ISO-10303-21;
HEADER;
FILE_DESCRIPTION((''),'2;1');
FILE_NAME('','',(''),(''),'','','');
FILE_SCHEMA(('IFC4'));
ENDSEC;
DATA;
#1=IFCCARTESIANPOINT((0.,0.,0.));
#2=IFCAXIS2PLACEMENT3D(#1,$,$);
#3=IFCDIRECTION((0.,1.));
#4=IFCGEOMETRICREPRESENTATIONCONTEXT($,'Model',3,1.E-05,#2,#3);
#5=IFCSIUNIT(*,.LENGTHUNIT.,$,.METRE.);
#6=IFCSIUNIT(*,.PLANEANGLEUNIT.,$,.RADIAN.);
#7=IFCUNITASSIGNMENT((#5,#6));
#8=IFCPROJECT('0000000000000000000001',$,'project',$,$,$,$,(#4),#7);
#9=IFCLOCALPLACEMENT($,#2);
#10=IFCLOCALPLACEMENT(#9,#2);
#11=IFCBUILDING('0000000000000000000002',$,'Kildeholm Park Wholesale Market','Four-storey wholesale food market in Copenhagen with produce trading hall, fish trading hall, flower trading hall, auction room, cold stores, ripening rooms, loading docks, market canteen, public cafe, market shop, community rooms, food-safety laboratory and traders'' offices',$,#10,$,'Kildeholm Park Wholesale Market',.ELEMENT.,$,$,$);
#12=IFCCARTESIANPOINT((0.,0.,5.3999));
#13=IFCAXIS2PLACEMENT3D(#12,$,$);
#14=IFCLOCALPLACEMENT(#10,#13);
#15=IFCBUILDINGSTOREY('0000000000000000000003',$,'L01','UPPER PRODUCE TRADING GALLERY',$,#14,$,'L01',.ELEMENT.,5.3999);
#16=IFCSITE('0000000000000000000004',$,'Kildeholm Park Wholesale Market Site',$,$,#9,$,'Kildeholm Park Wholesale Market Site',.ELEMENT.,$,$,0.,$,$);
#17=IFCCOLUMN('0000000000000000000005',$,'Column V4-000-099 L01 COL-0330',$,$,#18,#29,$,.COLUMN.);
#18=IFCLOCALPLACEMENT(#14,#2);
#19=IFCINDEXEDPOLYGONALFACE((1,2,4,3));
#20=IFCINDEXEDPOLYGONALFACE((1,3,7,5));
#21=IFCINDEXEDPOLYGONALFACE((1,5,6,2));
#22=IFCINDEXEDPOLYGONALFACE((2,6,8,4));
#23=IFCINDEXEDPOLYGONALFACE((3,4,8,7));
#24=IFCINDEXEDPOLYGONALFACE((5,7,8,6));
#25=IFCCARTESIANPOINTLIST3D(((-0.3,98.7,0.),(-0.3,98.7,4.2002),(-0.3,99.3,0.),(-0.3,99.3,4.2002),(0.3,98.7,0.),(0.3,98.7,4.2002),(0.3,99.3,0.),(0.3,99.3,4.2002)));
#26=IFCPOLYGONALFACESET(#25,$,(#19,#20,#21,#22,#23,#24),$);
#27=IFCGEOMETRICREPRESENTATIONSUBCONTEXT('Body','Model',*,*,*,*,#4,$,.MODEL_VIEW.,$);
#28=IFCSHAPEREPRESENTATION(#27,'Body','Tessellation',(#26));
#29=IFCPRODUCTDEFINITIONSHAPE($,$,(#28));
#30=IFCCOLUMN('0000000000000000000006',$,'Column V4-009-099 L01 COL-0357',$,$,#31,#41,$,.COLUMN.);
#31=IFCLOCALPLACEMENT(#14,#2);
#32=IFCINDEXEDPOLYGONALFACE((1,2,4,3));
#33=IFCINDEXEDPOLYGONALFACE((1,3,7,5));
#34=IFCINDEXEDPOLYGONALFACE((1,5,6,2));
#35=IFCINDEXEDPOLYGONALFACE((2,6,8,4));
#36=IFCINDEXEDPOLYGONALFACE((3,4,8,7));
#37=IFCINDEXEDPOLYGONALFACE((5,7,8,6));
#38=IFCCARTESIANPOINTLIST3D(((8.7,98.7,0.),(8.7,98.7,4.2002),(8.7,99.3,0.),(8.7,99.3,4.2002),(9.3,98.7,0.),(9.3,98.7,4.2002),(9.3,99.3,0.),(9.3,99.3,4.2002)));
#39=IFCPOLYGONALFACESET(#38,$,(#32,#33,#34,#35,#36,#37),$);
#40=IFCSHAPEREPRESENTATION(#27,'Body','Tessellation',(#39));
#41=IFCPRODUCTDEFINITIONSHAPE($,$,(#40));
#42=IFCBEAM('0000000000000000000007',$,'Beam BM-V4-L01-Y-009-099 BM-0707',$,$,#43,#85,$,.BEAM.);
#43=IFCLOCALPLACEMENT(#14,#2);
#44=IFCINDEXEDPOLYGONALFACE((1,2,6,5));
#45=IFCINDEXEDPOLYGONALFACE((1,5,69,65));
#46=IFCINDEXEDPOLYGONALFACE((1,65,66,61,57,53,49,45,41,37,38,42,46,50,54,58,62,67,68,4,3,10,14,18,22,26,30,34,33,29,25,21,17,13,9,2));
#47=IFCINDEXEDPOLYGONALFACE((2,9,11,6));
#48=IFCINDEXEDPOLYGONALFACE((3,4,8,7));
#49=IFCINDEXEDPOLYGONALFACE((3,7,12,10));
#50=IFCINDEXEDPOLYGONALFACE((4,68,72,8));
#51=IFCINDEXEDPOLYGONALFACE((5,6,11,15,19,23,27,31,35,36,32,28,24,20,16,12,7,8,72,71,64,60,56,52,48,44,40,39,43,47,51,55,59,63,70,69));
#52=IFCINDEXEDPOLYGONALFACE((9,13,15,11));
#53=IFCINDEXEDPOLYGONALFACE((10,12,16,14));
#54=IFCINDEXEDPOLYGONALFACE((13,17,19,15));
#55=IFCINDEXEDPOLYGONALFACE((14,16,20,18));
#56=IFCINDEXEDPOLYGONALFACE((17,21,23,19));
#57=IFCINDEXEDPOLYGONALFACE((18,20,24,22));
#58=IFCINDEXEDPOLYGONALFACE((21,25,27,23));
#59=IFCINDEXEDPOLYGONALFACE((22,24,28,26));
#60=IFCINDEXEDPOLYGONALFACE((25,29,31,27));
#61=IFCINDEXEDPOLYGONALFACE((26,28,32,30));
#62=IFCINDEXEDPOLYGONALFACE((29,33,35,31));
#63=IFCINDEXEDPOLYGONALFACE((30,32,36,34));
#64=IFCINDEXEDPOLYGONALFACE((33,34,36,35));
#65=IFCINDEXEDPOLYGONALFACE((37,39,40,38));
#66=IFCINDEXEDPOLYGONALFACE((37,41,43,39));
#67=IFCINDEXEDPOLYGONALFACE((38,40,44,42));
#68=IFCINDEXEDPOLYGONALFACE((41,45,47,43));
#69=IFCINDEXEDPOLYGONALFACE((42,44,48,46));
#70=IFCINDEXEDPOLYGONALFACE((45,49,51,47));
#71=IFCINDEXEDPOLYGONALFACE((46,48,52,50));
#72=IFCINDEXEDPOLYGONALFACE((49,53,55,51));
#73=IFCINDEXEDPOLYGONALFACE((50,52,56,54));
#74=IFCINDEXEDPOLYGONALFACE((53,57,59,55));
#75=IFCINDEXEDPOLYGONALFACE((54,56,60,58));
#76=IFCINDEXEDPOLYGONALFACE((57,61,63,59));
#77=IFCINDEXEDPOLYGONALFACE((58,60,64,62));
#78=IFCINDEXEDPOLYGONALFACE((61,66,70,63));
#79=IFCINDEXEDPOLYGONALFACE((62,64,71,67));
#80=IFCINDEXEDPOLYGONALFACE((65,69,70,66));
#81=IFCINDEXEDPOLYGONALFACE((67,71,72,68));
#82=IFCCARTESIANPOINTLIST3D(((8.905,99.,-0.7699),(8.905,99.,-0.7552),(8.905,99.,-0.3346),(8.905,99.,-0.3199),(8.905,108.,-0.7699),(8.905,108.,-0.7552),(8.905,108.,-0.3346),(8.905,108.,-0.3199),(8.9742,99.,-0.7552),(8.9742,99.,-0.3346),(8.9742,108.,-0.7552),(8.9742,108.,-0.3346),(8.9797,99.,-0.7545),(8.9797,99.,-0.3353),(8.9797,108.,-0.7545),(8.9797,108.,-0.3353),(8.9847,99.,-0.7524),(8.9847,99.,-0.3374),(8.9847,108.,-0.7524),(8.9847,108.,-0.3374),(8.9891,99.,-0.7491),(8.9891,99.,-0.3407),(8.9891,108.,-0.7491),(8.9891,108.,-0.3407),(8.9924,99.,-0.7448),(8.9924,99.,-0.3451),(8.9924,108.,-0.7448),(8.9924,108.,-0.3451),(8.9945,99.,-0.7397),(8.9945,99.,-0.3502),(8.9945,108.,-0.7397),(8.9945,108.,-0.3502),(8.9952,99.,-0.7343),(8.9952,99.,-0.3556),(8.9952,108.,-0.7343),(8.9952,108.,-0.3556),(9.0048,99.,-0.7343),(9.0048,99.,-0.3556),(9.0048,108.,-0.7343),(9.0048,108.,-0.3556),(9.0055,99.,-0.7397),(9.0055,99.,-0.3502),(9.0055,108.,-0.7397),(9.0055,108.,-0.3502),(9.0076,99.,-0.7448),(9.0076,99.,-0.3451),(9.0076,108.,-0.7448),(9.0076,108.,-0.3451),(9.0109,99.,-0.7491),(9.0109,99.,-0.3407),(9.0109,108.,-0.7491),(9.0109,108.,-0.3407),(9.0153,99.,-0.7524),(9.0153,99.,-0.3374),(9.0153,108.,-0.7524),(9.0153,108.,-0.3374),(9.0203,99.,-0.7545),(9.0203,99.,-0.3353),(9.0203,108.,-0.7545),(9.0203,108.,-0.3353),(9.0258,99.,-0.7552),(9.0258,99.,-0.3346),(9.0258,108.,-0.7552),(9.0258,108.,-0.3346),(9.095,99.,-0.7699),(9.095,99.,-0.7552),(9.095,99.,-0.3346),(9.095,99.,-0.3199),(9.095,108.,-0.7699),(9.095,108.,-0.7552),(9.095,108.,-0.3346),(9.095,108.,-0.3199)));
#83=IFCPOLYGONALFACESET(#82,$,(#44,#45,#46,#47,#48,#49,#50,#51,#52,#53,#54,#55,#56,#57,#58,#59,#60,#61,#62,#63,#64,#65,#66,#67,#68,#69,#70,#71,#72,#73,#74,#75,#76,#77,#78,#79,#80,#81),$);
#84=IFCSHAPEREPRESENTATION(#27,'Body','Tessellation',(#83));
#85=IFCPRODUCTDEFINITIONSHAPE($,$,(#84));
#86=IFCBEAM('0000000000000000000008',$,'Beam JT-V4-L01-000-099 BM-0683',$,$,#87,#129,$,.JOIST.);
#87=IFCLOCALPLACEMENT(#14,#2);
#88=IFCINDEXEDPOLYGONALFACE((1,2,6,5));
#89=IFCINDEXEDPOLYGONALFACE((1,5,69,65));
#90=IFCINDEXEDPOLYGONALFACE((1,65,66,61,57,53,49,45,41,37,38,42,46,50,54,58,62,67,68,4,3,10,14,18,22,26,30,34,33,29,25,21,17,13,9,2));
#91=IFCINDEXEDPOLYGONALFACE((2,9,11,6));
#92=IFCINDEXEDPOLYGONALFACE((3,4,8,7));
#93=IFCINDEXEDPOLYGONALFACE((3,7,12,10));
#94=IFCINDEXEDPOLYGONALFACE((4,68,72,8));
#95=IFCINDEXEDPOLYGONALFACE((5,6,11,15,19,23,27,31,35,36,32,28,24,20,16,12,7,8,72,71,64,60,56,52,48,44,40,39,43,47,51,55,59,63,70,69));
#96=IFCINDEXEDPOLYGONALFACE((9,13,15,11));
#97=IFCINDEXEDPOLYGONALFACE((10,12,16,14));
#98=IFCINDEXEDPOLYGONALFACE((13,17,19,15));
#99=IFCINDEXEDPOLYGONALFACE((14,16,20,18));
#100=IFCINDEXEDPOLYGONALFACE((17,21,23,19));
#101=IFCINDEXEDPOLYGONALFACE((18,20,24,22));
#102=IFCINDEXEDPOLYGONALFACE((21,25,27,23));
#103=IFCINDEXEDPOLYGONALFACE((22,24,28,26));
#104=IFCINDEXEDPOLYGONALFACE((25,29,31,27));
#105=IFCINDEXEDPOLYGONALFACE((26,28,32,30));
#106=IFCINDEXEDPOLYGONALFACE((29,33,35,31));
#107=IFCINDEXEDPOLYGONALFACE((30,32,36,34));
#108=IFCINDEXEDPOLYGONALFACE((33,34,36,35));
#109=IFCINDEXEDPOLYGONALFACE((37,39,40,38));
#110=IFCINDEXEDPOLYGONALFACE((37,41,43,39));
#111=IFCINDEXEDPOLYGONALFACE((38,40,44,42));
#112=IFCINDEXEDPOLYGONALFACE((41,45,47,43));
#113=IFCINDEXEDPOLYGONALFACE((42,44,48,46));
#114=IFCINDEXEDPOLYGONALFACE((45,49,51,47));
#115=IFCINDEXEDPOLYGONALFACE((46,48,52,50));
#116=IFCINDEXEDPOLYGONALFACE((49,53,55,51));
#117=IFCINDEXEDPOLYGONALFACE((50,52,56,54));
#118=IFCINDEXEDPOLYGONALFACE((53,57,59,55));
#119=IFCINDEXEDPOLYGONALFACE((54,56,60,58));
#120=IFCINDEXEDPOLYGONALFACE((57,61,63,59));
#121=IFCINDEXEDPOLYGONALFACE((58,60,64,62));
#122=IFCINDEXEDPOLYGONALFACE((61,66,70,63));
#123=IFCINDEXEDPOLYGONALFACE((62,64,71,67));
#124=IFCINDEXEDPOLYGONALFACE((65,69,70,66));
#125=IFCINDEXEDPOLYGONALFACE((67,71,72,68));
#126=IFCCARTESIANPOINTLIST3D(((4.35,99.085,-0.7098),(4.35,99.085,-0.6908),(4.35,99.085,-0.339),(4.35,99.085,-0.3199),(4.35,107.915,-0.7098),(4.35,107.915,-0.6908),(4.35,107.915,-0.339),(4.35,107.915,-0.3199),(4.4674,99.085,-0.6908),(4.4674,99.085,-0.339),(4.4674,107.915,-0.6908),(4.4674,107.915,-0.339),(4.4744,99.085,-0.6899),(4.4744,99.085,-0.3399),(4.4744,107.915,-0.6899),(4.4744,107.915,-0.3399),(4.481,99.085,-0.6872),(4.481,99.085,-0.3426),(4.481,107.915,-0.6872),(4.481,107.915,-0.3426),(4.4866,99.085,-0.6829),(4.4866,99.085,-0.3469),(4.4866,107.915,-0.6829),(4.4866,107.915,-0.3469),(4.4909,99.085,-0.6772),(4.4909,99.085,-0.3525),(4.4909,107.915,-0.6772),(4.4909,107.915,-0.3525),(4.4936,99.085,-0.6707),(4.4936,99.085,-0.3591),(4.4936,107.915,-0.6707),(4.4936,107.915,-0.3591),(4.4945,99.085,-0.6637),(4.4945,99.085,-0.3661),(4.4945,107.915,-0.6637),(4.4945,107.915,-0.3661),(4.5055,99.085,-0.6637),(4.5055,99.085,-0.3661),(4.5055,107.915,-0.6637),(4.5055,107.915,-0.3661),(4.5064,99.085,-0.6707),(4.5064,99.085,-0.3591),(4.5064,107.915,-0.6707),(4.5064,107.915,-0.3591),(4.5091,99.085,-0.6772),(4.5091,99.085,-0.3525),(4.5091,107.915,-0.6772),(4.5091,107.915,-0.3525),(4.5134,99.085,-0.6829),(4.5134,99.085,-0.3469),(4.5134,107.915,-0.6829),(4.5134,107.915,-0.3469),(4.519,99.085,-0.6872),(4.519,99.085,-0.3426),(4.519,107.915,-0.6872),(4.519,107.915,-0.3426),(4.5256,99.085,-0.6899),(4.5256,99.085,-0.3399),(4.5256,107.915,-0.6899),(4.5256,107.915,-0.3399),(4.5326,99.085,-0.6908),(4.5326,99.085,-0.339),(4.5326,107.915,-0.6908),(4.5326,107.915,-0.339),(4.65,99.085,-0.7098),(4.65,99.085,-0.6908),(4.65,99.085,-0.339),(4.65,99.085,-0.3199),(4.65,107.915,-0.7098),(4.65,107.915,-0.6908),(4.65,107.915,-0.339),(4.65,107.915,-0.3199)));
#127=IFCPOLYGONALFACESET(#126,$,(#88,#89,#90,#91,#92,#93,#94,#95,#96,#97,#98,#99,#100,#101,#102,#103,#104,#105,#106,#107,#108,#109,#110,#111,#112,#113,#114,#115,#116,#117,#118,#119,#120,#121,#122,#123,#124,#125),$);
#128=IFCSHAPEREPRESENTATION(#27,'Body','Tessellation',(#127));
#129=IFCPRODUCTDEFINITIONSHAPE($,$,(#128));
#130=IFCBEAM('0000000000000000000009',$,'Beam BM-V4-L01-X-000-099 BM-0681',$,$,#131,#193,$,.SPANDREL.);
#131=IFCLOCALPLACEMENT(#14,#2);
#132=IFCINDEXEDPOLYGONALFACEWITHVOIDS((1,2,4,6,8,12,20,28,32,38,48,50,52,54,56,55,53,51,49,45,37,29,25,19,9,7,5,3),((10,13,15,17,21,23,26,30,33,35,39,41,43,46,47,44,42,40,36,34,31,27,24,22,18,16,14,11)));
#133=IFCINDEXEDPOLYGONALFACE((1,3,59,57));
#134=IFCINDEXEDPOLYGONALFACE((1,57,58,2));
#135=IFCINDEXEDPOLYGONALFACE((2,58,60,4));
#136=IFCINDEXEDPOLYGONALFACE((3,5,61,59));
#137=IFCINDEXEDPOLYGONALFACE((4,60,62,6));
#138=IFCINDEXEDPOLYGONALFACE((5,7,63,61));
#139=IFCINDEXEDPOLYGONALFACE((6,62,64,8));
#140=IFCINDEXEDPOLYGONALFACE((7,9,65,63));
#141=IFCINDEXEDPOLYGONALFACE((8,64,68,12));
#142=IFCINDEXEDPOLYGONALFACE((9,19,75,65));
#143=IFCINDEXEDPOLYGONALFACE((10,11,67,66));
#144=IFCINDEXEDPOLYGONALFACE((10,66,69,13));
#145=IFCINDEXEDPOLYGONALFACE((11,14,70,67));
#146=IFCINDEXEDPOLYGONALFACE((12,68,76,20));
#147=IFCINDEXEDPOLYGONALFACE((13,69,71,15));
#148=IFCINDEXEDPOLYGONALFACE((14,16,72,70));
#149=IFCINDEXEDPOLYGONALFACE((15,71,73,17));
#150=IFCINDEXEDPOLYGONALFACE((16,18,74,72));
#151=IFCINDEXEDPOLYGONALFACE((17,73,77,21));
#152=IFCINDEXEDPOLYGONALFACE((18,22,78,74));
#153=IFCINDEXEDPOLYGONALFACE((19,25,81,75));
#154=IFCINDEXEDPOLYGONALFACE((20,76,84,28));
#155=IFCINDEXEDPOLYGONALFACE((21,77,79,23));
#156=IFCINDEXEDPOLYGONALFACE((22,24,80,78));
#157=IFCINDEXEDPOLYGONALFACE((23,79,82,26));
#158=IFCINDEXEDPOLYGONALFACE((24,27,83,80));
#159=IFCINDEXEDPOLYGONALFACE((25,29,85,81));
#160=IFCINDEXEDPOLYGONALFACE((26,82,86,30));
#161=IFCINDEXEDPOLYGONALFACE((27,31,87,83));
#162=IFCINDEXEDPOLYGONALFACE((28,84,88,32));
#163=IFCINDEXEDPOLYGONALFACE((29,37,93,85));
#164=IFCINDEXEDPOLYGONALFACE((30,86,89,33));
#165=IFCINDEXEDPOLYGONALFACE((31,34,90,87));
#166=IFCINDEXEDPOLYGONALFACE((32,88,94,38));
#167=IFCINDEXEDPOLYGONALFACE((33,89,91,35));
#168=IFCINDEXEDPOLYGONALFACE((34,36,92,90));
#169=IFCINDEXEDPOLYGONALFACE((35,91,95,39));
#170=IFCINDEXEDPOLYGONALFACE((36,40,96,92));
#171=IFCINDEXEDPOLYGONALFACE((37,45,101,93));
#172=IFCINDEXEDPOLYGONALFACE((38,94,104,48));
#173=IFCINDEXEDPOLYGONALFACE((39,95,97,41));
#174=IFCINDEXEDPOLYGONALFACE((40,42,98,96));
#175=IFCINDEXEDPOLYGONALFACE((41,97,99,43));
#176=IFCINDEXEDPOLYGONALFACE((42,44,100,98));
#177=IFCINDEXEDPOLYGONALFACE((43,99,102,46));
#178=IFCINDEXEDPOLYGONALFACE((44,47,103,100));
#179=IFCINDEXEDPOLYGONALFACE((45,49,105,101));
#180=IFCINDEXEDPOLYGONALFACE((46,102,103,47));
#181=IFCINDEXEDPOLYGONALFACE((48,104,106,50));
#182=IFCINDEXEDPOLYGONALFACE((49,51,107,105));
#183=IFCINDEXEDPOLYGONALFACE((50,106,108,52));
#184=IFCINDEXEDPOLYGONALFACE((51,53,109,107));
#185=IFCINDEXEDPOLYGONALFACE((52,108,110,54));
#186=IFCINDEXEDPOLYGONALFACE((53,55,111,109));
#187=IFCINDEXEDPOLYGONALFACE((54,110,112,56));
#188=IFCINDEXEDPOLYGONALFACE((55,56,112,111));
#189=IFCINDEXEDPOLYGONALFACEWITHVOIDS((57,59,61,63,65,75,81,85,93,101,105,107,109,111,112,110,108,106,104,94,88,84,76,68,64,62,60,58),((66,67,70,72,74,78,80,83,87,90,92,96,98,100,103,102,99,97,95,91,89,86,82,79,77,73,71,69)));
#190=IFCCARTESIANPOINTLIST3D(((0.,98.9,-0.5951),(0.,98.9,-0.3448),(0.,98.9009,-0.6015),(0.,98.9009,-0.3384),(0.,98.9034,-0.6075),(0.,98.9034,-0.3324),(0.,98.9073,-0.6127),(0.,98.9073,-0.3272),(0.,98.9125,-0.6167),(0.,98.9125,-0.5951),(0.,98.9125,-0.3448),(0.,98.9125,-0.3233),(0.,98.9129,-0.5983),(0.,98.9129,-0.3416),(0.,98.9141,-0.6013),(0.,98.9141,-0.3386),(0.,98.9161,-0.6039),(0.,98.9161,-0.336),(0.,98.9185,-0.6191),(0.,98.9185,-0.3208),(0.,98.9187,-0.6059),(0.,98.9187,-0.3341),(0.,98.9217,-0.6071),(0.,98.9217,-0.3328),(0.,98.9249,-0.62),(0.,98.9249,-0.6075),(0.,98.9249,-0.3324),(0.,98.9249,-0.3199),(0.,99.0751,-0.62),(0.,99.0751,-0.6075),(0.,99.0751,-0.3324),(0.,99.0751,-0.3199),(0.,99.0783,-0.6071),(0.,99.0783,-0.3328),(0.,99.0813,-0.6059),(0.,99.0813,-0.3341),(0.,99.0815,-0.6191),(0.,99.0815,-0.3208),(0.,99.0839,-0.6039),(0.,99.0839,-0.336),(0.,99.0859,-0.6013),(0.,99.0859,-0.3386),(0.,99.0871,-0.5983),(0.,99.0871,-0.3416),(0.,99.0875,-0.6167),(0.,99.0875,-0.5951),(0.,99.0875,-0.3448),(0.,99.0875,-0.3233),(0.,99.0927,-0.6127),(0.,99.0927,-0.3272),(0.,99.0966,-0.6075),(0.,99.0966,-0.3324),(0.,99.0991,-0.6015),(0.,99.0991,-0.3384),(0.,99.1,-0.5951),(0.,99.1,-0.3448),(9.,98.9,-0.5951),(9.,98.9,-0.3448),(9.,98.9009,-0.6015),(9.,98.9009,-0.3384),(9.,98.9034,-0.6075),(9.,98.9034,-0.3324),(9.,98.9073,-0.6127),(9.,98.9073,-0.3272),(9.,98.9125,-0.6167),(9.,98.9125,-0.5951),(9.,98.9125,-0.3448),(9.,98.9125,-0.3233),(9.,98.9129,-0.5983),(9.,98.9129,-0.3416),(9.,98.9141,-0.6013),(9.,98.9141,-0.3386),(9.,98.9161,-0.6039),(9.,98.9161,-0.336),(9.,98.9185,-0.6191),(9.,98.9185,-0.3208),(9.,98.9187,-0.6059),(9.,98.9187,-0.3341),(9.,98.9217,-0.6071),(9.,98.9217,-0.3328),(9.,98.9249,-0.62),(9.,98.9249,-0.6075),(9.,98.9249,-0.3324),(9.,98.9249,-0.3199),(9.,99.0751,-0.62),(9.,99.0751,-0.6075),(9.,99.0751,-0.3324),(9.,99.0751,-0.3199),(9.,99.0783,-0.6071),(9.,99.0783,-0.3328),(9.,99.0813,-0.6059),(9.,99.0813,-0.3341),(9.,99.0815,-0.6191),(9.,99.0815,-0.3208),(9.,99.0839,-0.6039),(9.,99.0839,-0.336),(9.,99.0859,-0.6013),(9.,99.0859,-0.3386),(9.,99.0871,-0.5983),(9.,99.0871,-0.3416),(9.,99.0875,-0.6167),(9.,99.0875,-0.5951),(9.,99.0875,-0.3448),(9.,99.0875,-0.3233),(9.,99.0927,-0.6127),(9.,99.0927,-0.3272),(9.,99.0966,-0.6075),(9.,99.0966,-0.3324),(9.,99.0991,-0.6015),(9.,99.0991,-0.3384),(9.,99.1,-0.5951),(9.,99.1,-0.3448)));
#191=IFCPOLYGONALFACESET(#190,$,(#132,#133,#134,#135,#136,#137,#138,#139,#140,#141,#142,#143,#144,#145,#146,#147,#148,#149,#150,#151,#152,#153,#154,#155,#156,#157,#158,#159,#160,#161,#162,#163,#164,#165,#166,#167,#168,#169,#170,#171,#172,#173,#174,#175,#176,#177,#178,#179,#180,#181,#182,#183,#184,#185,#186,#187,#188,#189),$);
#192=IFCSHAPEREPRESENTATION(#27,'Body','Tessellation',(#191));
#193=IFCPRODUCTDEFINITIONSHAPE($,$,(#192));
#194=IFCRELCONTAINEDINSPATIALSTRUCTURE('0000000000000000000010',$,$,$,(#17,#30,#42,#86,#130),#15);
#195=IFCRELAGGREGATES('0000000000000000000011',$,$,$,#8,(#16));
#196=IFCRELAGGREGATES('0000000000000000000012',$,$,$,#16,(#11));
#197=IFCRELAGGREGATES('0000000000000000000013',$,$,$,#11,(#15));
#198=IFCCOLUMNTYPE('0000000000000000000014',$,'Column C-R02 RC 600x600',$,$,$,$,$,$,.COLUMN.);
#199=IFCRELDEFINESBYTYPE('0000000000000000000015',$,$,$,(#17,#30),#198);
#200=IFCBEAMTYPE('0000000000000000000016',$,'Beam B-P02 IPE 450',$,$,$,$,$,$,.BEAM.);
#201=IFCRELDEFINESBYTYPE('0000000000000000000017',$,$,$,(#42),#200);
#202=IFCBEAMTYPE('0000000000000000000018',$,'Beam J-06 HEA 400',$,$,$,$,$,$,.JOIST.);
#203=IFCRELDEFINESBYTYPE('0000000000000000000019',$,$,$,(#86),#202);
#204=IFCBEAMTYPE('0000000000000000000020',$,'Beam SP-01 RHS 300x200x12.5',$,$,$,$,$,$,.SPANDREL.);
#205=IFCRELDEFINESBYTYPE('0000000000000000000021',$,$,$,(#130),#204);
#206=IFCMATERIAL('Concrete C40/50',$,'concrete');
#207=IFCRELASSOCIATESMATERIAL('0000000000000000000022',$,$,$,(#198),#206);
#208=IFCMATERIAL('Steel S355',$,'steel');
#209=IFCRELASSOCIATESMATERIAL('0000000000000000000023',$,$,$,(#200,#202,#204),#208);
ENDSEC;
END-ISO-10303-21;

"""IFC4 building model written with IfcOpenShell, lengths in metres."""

from ifc_helpers import new_model, si_unit, direction, frame, origin, origin_2d, place, context, subcontext, project, spatial, rectangle, hollow_rectangle, i_section, extrude, material, material_profile, profile_set, type_object, element, save


model = new_model("IFC4")

# Units and contexts
model_context = context("Model", 3, precision=1e-05, world=origin(), true_north=direction((0.0, 1.0)))
body_context = subcontext(model_context, "Body", "Model", "MODEL_VIEW")
ifc_project = project(units=[si_unit("LENGTHUNIT", "METRE"), si_unit("PLANEANGLEUNIT", "RADIAN")], contexts=[model_context])

# Site, building, storey
site_placement = place(None, origin())
site = spatial("IfcSite", under=ifc_project, at=site_placement, Name="Kildeholm Park Wholesale Market Site", LongName="Kildeholm Park Wholesale Market Site", CompositionType="ELEMENT", RefElevation=0.0)
building_placement = place(site_placement, origin())
building = spatial("IfcBuilding", under=site, at=building_placement, Name="Kildeholm Park Wholesale Market", Description="Four-storey wholesale food market in Copenhagen with produce trading hall, fish trading hall, flower trading hall, auction room, cold stores, ripening rooms, loading docks, market canteen, public cafe, market shop, community rooms, food-safety laboratory and traders' offices", LongName="Kildeholm Park Wholesale Market", CompositionType="ELEMENT")
storey_placement = place(building_placement, frame((0.0, 0.0, 5.3999)))
storey = spatial("IfcBuildingStorey", under=building, at=storey_placement, Name="L01", Description="UPPER PRODUCE TRADING GALLERY", LongName="L01", CompositionType="ELEMENT", Elevation=5.3999)

# Columns
ifc_material_1 = material(Name="Concrete C40/50", Category="concrete")
ifc_material_profile_1 = material_profile(ifc_material_1, rectangle(XDim=0.6001, YDim=0.6001, at=origin_2d()), Name="RC 600x600")
ifc_profile_set_1 = profile_set([ifc_material_profile_1], Name="Concrete C40/50")
column_type = type_object("IfcColumnType", Name="Column C-R02 RC 600x600", PredefinedType="COLUMN", material=ifc_profile_set_1)
for number, where, z_axis, x_axis, name in (
    (1, (0.0, 99.0, 0.0), (0.0, 0.0, 1.0), (1.0, 0.0, 0.0), "Column V4-000-099 L01 COL-0330"),
    (2, (9.0, 99.0, 0.0), (0.0, 0.0, 1.0), (1.0, 0.0, 0.0), "Column V4-009-099 L01 COL-0357"),
):
    element("IfcColumn", number, at=place(storey_placement, frame(where, z_axis=z_axis, x_axis=x_axis)), inside=storey, type_object=column_type, Name=name, PredefinedType="COLUMN", context=body_context, shape_type="SweptSolid", body=[
        extrude(rectangle(XDim=0.6001, YDim=0.6001, at=origin_2d()), origin(), (0.0, 0.0, 1.0), 4.2002),
    ])

# Beams
ifc_material_2 = material(Name="Steel S355", Category="steel")
ifc_material_profile_2 = material_profile(ifc_material_2, i_section(OverallWidth=0.1899, OverallDepth=0.45, WebThickness=0.0095, FlangeThickness=0.0146, FilletRadius=0.021, at=origin_2d()), Name="IPE 450")
ifc_profile_set_2 = profile_set([ifc_material_profile_2], Name="Steel S355")
beam_type_1 = type_object("IfcBeamType", Name="Beam B-P02 IPE 450", PredefinedType="BEAM", material=ifc_profile_set_2)
beam_1_placement = place(storey_placement, frame((9.0, 99.0, -0.5449), z_axis=(0.0, 1.0, 0.0), x_axis=(-1.0, 0.0, 0.0)))
element("IfcBeam", 3, at=beam_1_placement, inside=storey, type_object=beam_type_1, Name="Beam BM-V4-L01-Y-009-099 BM-0707", PredefinedType="BEAM", context=body_context, shape_type="SweptSolid", body=[
    extrude(i_section(OverallWidth=0.1899, OverallDepth=0.45, WebThickness=0.0095, FlangeThickness=0.0146, FilletRadius=0.021, at=origin_2d()), origin(), (0.0, 0.0, 1.0), 9.0),
])
ifc_material_profile_3 = material_profile(ifc_material_2, i_section(OverallWidth=0.3, OverallDepth=0.3899, WebThickness=0.011, FlangeThickness=0.019, FilletRadius=0.0271, at=origin_2d()), Name="HEA 400")
ifc_profile_set_3 = profile_set([ifc_material_profile_3], Name="Steel S355")
beam_type_2 = type_object("IfcBeamType", Name="Beam J-06 HEA 400", PredefinedType="JOIST", material=ifc_profile_set_3)
beam_2_placement = place(storey_placement, frame((4.5, 99.085, -0.5149), z_axis=(0.0, 1.0, 0.0), x_axis=(-1.0, 0.0, 0.0)))
element("IfcBeam", 4, at=beam_2_placement, inside=storey, type_object=beam_type_2, Name="Beam JT-V4-L01-000-099 BM-0683", PredefinedType="JOIST", context=body_context, shape_type="SweptSolid", body=[
    extrude(i_section(OverallWidth=0.3, OverallDepth=0.3899, WebThickness=0.011, FlangeThickness=0.019, FilletRadius=0.0271, at=origin_2d()), origin(), (0.0, 0.0, 1.0), 8.8301),
])
ifc_material_profile_4 = material_profile(ifc_material_2, hollow_rectangle(XDim=0.2, YDim=0.3, WallThickness=0.0125, InnerFilletRadius=0.0125, OuterFilletRadius=0.0249, at=origin_2d()), Name="RHS 300x200x12.5")
ifc_profile_set_4 = profile_set([ifc_material_profile_4], Name="Steel S355")
beam_type_3 = type_object("IfcBeamType", Name="Beam SP-01 RHS 300x200x12.5", PredefinedType="SPANDREL", material=ifc_profile_set_4)
for number, where, z_axis, x_axis, name in (
    (5, (0.0, 99.0, -0.47), (1.0, 0.0, 0.0), (0.0, 1.0, 0.0), "Beam BM-V4-L01-X-000-099 BM-0681"),
):
    element("IfcBeam", number, at=place(storey_placement, frame(where, z_axis=z_axis, x_axis=x_axis)), inside=storey, type_object=beam_type_3, Name=name, PredefinedType="SPANDREL", context=body_context, shape_type="SweptSolid", body=[
        extrude(hollow_rectangle(XDim=0.2, YDim=0.3, WallThickness=0.0125, InnerFilletRadius=0.0125, OuterFilletRadius=0.0249, at=origin_2d()), origin(), (0.0, 0.0, 1.0), 9.0),
    ])

save(model, "model.ifc")
